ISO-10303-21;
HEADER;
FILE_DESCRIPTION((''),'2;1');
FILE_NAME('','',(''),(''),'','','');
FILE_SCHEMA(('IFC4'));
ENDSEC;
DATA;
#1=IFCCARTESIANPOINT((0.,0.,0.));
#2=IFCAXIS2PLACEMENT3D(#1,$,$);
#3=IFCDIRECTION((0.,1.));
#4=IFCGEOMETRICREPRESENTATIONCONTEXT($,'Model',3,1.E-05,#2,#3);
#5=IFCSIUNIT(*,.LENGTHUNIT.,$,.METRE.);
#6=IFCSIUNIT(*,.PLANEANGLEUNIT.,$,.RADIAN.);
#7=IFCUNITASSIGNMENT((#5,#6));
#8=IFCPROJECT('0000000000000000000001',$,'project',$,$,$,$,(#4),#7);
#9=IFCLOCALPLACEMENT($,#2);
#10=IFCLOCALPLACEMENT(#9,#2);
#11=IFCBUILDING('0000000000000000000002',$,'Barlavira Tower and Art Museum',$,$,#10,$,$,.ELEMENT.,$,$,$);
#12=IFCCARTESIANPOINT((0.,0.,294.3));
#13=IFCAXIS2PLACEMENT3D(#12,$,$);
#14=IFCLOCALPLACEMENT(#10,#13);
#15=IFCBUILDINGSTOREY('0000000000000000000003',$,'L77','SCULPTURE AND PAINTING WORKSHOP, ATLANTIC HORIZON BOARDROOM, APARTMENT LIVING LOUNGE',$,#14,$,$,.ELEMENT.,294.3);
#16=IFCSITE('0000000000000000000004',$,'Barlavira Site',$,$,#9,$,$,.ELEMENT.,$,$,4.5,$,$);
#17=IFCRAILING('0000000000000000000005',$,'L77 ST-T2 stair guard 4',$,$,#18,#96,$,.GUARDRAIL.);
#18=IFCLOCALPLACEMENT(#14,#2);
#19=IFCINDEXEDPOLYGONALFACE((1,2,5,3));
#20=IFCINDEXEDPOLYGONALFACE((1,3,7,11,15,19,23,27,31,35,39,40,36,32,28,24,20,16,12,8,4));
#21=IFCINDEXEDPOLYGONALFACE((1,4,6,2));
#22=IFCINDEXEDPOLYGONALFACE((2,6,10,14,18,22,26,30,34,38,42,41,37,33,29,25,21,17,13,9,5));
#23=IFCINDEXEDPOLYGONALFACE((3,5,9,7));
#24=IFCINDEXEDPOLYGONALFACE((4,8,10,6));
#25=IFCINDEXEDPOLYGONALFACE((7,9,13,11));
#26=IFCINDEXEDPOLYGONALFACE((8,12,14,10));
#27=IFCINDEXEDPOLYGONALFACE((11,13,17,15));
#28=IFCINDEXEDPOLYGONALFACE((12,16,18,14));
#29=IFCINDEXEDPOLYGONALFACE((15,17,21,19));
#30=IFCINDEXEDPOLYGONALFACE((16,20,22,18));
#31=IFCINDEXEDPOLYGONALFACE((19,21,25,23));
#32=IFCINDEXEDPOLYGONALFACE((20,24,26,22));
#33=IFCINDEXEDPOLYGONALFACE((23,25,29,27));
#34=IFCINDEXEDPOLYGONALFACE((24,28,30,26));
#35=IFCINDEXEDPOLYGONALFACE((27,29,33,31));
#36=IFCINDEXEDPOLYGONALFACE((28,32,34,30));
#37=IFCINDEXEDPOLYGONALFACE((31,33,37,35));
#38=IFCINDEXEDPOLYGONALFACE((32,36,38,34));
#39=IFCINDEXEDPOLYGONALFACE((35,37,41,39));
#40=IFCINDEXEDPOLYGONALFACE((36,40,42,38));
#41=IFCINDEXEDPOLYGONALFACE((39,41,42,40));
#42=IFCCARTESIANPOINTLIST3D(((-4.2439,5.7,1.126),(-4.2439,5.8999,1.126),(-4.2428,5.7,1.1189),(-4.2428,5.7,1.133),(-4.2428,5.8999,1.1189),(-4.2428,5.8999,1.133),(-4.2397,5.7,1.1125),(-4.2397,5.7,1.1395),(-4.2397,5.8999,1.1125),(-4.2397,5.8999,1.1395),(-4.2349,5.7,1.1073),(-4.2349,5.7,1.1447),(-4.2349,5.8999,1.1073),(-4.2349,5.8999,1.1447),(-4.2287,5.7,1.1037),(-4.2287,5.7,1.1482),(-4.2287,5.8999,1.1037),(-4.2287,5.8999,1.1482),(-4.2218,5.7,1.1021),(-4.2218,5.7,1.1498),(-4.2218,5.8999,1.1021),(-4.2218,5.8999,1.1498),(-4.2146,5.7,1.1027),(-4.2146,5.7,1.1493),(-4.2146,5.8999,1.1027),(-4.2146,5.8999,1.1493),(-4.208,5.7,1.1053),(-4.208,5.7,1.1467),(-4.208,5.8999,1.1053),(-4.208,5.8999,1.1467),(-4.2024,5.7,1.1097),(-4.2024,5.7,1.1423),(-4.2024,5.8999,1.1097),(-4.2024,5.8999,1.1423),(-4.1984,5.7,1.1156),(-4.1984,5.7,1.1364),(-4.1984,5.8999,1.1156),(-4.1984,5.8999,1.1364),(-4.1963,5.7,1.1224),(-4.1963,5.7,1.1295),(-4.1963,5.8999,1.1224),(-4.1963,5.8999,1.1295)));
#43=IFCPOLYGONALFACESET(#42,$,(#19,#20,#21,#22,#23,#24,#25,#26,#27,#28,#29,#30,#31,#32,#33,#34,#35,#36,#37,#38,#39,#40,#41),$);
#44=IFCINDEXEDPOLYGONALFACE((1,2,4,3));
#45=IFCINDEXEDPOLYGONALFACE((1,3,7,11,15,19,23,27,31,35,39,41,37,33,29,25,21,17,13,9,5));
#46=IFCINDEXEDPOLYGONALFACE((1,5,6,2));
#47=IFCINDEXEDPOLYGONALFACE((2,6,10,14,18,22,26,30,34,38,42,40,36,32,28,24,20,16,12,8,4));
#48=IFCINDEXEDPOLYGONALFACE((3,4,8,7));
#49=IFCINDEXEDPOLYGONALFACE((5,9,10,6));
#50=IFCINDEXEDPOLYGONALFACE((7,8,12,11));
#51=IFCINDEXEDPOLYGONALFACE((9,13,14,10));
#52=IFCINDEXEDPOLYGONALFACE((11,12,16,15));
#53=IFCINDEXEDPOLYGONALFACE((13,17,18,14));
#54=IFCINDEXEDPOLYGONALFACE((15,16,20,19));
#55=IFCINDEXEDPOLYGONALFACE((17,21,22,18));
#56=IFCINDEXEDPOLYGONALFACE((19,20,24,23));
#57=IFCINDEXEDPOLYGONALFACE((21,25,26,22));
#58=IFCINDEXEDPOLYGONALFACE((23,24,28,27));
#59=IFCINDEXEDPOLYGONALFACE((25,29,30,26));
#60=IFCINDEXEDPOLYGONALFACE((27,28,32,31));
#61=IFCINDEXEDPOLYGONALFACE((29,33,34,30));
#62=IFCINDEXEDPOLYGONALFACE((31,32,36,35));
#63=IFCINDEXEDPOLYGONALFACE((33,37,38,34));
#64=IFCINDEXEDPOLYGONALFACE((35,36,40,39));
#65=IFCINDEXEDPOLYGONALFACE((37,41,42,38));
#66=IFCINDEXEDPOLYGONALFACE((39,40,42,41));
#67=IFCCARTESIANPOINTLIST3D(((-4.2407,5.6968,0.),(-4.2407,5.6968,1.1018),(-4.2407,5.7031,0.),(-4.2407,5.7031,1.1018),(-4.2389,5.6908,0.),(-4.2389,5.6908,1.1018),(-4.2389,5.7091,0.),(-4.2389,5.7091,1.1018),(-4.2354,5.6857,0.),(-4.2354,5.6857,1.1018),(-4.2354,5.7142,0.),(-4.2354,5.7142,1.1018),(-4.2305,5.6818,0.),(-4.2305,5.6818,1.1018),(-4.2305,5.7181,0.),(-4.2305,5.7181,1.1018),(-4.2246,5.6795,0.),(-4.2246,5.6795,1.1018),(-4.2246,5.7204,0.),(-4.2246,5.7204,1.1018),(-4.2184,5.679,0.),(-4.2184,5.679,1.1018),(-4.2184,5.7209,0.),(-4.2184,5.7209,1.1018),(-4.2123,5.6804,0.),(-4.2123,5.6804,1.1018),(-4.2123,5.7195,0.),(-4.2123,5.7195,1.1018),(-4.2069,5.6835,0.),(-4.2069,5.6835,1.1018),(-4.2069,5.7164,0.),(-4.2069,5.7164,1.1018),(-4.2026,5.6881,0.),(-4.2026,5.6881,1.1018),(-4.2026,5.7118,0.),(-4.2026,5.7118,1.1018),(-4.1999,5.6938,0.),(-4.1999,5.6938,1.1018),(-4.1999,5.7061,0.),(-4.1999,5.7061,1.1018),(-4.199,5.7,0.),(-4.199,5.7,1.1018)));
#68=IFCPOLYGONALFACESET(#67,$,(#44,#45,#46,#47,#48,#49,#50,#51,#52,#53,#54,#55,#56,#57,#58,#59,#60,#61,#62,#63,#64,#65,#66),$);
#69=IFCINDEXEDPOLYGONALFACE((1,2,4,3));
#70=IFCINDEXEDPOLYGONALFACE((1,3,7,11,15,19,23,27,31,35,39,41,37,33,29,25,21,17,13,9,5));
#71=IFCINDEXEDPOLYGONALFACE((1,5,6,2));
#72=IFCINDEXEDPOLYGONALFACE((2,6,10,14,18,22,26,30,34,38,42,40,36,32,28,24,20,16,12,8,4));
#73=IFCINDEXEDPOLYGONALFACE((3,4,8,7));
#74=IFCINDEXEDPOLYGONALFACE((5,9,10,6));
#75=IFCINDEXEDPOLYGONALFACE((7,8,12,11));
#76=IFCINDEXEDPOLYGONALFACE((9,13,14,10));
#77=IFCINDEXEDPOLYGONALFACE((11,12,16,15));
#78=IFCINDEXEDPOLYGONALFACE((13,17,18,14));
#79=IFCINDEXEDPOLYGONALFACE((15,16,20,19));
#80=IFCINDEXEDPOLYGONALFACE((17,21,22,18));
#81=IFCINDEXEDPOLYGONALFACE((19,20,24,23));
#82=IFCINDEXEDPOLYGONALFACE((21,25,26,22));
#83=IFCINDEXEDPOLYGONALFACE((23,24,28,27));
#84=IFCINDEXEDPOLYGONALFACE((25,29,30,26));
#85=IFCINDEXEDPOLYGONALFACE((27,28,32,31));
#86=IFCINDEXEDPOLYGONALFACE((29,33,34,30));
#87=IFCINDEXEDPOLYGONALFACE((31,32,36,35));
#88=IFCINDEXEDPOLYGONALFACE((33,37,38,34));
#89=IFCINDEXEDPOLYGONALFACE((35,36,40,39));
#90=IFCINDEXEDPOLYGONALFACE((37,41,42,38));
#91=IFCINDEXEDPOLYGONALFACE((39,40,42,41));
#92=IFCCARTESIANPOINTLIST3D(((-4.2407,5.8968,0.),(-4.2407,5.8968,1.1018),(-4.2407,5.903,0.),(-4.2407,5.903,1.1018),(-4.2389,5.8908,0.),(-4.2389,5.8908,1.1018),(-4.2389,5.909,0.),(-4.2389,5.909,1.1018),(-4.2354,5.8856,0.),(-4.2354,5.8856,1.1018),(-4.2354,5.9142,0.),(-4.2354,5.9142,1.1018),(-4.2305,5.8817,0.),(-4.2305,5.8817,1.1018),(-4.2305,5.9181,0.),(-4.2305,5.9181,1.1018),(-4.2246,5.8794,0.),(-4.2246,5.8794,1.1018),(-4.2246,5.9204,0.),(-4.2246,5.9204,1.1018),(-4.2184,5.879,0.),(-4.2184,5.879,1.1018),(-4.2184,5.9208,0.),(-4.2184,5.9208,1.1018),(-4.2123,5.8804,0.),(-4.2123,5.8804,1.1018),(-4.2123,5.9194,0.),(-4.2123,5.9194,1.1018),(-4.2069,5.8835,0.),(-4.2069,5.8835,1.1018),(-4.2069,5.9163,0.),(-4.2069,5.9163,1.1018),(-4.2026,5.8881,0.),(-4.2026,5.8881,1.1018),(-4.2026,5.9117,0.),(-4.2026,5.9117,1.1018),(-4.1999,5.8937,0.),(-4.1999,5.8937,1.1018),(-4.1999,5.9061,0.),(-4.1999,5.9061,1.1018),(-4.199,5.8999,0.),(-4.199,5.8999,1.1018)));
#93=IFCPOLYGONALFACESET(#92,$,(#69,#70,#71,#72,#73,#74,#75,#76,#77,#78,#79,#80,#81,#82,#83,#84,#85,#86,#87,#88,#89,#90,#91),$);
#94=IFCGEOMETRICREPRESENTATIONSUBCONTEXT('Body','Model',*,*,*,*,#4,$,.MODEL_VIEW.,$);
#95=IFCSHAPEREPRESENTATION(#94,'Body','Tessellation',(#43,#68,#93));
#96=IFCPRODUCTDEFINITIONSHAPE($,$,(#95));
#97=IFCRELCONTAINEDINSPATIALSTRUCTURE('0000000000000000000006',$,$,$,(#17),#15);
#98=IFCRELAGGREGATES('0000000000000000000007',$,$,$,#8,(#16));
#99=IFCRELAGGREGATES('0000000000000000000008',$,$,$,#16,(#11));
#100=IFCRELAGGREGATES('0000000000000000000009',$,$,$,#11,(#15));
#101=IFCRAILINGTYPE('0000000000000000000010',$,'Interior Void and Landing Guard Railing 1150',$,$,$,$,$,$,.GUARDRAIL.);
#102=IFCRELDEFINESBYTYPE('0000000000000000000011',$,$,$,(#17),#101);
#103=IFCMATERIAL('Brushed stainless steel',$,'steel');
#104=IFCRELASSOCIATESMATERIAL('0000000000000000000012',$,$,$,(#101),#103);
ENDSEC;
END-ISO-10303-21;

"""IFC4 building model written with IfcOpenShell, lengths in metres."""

from ifc_helpers import new_model, si_unit, direction, frame, origin, origin_2d, place, context, subcontext, project, spatial, circle, extrude, material, type_object, element, save


model = new_model("IFC4")

# Units and contexts
model_context = context("Model", 3, precision=1e-05, world=origin(), true_north=direction((0.0, 1.0)))
body_context = subcontext(model_context, "Body", "Model", "MODEL_VIEW")
ifc_project = project(units=[si_unit("LENGTHUNIT", "METRE"), si_unit("PLANEANGLEUNIT", "RADIAN")], contexts=[model_context])

# Site, building, storey
site_placement = place(None, origin())
site = spatial("IfcSite", under=ifc_project, at=site_placement, Name="Barlavira Site", CompositionType="ELEMENT", RefElevation=4.5)
building_placement = place(site_placement, origin())
building = spatial("IfcBuilding", under=site, at=building_placement, Name="Barlavira Tower and Art Museum", CompositionType="ELEMENT")
storey_placement = place(building_placement, frame((0.0, 0.0, 294.3)))
storey = spatial("IfcBuildingStorey", under=building, at=storey_placement, Name="L77", Description="SCULPTURE AND PAINTING WORKSHOP, ATLANTIC HORIZON BOARDROOM, APARTMENT LIVING LOUNGE", CompositionType="ELEMENT", Elevation=294.3)

# Shared definitions
ifc_material_1 = material(Name="Brushed stainless steel", Category="steel")

# Railing
railing_type_1 = type_object("IfcRailingType", Name="Interior Void and Landing Guard Railing 1150", PredefinedType="GUARDRAIL", material=ifc_material_1)
railing_1_placement = place(storey_placement, frame((-4.22, 5.7, 0.0)))
element("IfcRailing", 1, at=railing_1_placement, inside=storey, type_object=railing_type_1, Name="L77 ST-T2 stair guard 4", PredefinedType="GUARDRAIL", context=body_context, shape_type="SweptSolid", body=[
    extrude(circle(Radius=0.0239, at=origin_2d()), frame((0.0, 0.0, 1.126), z_axis=(0.0, 1.0, 0.0), x_axis=(-1.0, 0.0, 0.0)), (0.0, 0.0, 1.0), 0.2),
    extrude(circle(Radius=0.021, at=origin_2d()), origin(), (0.0, 0.0, 1.0), 1.1018),
    extrude(circle(Radius=0.021, at=origin_2d()), frame((0.0, 0.2, 0.0)), (0.0, 0.0, 1.0), 1.1018),
])

save(model, "model.ifc")
